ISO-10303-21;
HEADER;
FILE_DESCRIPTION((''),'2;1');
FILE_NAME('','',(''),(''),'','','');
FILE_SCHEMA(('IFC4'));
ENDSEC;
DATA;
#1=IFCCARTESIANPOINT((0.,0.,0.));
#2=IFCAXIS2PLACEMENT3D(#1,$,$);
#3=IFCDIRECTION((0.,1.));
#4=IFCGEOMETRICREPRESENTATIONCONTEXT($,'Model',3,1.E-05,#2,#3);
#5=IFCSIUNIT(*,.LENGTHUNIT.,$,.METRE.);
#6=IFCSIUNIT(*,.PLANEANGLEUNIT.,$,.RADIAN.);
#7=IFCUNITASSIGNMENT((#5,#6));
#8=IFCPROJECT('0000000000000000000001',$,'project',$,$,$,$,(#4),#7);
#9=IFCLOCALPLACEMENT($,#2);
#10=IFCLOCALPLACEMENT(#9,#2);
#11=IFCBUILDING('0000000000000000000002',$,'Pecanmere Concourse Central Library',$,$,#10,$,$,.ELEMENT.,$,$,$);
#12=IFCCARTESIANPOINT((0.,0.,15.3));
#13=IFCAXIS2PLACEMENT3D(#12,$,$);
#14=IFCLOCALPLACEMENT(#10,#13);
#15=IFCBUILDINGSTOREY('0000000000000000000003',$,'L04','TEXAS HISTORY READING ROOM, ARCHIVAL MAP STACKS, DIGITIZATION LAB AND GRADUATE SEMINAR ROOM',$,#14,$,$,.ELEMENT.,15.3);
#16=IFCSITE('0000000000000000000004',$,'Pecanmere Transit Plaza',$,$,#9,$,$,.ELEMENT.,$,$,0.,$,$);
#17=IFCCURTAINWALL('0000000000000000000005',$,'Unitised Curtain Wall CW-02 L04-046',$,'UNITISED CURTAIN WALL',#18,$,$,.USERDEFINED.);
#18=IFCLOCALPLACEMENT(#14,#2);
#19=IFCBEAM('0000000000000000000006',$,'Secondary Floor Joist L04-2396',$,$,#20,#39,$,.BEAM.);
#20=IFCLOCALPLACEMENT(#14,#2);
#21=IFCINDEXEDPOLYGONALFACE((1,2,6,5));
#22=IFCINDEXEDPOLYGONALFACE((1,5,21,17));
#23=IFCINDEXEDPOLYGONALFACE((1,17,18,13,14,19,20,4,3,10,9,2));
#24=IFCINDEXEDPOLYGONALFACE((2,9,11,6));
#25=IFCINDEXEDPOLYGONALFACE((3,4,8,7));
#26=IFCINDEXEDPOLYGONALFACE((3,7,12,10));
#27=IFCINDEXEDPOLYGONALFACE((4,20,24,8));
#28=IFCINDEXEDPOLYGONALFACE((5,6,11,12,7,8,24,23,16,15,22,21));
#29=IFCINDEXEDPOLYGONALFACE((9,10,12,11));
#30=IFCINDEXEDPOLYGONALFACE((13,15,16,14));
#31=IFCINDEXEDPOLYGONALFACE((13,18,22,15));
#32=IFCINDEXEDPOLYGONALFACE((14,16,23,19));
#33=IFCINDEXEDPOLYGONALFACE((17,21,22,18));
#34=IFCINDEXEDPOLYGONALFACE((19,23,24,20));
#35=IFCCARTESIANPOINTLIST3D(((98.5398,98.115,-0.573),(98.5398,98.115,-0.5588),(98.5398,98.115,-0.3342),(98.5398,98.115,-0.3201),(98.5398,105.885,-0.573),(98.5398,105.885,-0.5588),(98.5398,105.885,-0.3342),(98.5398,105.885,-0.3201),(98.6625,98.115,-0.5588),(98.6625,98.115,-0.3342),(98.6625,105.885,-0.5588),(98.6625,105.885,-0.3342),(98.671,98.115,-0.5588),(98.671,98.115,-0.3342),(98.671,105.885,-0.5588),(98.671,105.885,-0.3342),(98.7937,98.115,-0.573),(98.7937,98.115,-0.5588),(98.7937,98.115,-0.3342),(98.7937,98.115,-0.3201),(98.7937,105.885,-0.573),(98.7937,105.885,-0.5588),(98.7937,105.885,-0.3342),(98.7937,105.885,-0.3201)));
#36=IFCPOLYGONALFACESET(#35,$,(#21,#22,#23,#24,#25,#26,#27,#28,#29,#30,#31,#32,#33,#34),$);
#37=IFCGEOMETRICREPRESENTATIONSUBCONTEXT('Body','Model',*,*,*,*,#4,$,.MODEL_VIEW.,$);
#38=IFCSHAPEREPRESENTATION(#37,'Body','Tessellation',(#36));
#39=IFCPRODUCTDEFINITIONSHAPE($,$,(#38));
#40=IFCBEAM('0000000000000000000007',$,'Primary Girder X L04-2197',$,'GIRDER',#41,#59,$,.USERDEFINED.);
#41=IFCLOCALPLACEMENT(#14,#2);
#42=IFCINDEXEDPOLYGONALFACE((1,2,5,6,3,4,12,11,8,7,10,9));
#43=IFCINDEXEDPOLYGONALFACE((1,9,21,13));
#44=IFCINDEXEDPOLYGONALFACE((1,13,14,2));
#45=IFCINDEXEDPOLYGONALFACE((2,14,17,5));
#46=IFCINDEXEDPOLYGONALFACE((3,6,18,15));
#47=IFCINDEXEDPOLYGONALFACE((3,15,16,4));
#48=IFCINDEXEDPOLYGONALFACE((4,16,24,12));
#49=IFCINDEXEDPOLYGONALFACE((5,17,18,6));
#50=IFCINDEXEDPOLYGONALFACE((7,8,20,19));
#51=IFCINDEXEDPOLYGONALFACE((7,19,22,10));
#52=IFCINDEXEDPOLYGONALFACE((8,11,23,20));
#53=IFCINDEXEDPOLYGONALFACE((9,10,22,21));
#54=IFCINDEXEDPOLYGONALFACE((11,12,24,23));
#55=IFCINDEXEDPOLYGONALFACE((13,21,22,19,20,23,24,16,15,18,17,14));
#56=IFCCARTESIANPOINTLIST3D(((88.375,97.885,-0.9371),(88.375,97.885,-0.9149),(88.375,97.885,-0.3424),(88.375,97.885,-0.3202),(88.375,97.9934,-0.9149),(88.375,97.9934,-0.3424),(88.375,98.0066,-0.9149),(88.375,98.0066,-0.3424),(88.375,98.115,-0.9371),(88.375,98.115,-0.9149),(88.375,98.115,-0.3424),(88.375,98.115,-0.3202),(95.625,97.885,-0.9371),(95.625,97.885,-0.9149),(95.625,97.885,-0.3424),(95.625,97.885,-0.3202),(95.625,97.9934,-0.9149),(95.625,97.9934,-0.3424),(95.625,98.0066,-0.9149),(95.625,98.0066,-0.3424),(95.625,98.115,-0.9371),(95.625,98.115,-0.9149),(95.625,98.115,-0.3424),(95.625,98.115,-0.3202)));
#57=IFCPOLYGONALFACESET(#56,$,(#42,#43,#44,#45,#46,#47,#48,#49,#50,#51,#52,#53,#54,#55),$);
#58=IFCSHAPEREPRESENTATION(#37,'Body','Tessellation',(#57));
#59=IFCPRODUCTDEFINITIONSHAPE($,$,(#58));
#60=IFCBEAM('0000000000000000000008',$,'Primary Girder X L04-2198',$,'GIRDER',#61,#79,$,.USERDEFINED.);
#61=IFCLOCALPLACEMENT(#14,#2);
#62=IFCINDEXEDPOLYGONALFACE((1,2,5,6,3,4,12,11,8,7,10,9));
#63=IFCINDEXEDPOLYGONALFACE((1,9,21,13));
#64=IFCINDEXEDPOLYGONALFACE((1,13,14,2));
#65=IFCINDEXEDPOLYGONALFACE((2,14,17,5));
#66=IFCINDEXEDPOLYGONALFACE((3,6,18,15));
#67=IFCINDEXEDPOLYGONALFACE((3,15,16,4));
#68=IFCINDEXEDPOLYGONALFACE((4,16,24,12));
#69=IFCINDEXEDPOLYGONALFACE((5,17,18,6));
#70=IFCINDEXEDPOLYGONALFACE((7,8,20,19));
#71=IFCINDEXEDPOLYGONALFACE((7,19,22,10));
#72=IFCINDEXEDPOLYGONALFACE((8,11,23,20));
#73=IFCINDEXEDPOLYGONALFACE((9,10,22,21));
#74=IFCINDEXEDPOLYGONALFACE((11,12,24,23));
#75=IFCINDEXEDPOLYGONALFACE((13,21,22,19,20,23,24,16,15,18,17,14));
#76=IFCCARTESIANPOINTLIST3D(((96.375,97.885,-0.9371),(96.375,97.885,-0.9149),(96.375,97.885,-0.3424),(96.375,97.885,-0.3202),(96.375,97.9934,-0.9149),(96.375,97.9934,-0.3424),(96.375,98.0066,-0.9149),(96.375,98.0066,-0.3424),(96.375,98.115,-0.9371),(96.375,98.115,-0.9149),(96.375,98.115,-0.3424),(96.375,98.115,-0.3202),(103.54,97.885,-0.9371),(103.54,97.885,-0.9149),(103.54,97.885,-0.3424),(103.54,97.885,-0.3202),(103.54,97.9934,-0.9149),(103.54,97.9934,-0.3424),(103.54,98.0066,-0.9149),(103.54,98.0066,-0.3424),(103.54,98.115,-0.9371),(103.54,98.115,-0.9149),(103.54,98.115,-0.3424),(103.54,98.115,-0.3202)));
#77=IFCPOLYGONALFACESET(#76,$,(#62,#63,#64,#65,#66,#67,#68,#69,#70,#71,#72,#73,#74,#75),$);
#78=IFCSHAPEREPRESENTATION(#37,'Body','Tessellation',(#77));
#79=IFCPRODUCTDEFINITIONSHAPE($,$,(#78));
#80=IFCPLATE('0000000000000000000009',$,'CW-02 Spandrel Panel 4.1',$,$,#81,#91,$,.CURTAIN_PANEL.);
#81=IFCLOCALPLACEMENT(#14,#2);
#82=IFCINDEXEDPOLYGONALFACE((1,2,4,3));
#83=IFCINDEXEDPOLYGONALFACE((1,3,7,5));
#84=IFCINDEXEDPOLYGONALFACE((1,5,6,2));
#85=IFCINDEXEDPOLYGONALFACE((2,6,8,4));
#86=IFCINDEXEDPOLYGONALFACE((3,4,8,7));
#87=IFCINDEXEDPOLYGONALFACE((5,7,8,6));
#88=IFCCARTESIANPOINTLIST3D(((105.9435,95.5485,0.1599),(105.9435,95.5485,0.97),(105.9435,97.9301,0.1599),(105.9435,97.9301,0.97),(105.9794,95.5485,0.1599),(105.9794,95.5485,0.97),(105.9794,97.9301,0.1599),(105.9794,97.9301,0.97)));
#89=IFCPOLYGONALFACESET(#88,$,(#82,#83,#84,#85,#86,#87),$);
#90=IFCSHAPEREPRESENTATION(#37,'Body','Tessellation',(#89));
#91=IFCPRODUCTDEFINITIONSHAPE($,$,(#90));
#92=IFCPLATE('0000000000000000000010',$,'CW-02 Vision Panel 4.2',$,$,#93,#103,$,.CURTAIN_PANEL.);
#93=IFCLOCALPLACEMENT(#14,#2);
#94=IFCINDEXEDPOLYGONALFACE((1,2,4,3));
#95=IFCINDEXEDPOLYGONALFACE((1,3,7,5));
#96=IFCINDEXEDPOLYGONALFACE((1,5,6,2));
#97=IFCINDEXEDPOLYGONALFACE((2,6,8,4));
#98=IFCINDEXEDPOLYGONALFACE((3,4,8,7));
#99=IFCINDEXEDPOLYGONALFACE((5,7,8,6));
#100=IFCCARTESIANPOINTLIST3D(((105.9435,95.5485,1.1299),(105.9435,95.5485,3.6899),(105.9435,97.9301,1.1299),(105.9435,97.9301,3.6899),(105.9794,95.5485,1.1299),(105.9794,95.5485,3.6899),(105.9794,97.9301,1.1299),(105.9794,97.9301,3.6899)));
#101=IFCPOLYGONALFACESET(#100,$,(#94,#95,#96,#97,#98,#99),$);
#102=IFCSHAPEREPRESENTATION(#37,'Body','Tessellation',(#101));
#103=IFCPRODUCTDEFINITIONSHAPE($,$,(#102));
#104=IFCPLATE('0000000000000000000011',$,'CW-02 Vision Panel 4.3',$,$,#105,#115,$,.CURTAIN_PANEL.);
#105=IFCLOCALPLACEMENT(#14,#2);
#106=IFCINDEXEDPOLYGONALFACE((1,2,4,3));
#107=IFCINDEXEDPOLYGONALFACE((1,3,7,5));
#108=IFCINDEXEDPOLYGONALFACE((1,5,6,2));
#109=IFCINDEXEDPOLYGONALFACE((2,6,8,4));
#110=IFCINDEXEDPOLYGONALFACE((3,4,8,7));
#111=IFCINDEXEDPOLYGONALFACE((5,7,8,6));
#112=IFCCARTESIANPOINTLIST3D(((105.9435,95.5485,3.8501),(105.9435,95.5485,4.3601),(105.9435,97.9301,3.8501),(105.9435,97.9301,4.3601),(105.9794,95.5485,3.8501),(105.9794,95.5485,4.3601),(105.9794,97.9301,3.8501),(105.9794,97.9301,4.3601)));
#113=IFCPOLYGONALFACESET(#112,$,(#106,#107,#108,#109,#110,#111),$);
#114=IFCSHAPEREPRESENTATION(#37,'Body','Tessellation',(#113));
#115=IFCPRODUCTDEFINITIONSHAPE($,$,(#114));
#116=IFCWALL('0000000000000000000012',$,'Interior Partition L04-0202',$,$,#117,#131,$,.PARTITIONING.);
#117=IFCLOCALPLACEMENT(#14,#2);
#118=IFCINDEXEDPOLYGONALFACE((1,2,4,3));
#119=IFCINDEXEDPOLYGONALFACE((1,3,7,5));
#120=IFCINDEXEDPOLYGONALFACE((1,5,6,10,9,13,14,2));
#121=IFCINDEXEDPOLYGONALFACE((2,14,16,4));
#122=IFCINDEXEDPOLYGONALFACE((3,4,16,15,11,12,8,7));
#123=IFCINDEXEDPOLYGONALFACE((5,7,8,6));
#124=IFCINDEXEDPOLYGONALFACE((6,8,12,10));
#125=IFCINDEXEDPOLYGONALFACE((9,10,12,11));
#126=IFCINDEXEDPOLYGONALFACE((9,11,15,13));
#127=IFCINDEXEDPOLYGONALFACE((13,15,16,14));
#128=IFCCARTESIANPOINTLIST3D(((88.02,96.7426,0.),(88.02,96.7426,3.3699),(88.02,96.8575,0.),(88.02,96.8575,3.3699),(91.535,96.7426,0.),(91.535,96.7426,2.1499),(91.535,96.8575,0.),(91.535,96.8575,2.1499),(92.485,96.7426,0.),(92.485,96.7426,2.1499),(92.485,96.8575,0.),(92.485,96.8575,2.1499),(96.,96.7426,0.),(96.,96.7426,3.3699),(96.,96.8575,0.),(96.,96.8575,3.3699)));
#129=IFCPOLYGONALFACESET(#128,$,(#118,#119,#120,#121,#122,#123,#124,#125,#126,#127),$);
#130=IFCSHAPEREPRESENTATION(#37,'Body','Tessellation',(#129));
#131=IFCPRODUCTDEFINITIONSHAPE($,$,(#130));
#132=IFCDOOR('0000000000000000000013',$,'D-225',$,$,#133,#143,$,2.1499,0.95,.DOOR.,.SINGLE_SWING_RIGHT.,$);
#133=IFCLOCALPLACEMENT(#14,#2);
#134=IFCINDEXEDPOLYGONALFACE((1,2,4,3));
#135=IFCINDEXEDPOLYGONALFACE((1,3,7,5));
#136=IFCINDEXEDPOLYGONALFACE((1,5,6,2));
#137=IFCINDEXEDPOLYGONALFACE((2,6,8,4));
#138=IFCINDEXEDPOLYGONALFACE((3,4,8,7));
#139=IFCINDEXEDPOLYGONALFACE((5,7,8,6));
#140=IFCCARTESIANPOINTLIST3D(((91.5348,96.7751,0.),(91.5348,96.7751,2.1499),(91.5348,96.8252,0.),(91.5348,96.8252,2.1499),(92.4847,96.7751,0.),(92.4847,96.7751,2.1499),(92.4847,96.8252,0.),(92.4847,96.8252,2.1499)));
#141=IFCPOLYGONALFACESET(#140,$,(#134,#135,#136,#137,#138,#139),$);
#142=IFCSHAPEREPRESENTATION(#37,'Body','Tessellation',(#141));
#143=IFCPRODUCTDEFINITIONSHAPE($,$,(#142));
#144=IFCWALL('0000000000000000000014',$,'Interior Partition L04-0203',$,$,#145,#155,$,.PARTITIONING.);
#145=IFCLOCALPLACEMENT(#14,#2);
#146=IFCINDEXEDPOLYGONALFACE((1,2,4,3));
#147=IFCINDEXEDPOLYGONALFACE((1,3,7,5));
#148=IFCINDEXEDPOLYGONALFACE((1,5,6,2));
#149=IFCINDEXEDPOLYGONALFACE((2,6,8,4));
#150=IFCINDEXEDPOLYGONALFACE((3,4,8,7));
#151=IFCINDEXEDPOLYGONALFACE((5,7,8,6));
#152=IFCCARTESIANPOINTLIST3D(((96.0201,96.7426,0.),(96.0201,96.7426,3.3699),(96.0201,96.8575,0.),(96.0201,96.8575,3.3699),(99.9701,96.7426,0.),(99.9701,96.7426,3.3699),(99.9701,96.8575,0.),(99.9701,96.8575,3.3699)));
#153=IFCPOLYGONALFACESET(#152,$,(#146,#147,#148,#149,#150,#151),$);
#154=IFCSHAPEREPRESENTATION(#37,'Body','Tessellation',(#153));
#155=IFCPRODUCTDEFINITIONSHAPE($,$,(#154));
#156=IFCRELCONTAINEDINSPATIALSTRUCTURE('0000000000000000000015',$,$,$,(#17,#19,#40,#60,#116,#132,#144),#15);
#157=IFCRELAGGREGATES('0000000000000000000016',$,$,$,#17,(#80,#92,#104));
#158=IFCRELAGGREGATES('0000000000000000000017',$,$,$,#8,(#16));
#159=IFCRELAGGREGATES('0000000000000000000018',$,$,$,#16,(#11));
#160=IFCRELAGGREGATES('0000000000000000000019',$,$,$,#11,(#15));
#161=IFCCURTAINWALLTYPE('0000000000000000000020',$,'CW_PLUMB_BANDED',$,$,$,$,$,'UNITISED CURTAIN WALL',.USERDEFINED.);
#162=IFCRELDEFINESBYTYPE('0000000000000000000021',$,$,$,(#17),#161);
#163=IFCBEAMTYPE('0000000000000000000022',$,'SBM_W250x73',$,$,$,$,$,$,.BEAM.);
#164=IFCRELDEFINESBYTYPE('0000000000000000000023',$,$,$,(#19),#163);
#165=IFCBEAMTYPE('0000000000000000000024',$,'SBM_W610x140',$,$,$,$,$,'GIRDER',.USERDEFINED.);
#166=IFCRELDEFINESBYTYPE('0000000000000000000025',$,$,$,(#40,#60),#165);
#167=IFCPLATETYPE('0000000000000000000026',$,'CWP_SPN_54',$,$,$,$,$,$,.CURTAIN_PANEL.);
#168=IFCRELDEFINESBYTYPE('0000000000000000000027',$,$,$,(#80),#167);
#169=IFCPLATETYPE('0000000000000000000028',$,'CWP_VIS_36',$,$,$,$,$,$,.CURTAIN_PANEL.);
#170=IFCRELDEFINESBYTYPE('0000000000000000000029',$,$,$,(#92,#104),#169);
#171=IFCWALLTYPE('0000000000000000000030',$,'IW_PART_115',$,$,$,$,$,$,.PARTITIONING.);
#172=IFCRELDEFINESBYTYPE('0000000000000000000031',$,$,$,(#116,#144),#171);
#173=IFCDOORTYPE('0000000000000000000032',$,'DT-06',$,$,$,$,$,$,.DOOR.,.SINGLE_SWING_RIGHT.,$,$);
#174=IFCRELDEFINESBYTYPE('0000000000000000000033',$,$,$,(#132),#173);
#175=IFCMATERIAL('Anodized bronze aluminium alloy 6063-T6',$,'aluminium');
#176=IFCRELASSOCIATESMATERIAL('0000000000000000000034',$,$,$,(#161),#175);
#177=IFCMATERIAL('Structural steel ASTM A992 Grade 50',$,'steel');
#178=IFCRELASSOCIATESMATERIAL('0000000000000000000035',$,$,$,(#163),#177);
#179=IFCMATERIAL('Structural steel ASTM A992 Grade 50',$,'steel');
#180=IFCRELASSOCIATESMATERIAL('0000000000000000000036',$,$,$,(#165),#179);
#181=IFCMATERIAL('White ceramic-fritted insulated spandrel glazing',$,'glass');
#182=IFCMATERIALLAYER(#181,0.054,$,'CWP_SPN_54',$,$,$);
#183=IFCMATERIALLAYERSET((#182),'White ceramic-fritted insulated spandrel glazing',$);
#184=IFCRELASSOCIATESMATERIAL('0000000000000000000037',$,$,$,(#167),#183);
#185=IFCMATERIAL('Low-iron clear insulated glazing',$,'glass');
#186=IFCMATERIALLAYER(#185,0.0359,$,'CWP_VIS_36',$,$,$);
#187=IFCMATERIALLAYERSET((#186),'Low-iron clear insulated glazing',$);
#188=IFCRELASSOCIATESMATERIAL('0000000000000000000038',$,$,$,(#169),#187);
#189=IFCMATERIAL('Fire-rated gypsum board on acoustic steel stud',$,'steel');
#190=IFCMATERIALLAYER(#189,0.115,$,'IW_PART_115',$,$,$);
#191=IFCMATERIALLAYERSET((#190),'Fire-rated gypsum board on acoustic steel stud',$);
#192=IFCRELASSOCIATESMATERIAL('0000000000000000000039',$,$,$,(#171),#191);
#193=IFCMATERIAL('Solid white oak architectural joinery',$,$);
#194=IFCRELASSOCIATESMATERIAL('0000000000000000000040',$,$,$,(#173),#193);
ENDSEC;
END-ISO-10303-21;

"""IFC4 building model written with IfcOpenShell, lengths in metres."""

from ifc_helpers import new_model, si_unit, direction, frame, frame_2d, origin, origin_2d, place, context, subcontext, project, spatial, rectangle, i_section, extrude, material, layer, layer_set, material_profile, profile_set, type_object, element, fill, aggregate, save


model = new_model("IFC4")

# Units and contexts
model_context = context("Model", 3, precision=1e-05, world=origin(), true_north=direction((0.0, 1.0)))
body_context = subcontext(model_context, "Body", "Model", "MODEL_VIEW")
ifc_project = project(units=[si_unit("LENGTHUNIT", "METRE"), si_unit("PLANEANGLEUNIT", "RADIAN")], contexts=[model_context])

# Site, building, storey
site_placement = place(None, origin())
site = spatial("IfcSite", under=ifc_project, at=site_placement, Name="Pecanmere Transit Plaza", CompositionType="ELEMENT", RefElevation=0.0)
building_placement = place(site_placement, origin())
building = spatial("IfcBuilding", under=site, at=building_placement, Name="Pecanmere Concourse Central Library", CompositionType="ELEMENT")
storey_placement = place(building_placement, frame((0.0, 0.0, 15.3)))
storey = spatial("IfcBuildingStorey", under=building, at=storey_placement, Name="L04", Description="TEXAS HISTORY READING ROOM, ARCHIVAL MAP STACKS, DIGITIZATION LAB AND GRADUATE SEMINAR ROOM", CompositionType="ELEMENT", Elevation=15.3)

# Curtain wall
ifc_material_1 = material(Name="Anodized bronze aluminium alloy 6063-T6", Category="aluminium")
curtain_wall_type = type_object("IfcCurtainWallType", Name="CW_PLUMB_BANDED", ElementType="UNITISED CURTAIN WALL", PredefinedType="USERDEFINED", material=ifc_material_1)
curtain_wall_1_placement = place(storey_placement, origin())
curtain_wall_1 = element("IfcCurtainWall", 1, at=curtain_wall_1_placement, inside=storey, type_object=curtain_wall_type, Name="Unitised Curtain Wall CW-02 L04-046", ObjectType="UNITISED CURTAIN WALL", PredefinedType="USERDEFINED")

# Beams
ifc_material_2 = material(Name="Structural steel ASTM A992 Grade 50", Category="steel")
ifc_material_profile_1 = material_profile(ifc_material_2, i_section(OverallWidth=0.2539, OverallDepth=0.2529, WebThickness=0.0085, FlangeThickness=0.0142, at=origin_2d()), Name="W250x73")
ifc_profile_set_1 = profile_set([ifc_material_profile_1], Name="Structural steel ASTM A992 Grade 50")
beam_type_1 = type_object("IfcBeamType", Name="SBM_W250x73", PredefinedType="BEAM", material=ifc_profile_set_1)
beam_1_placement = place(storey_placement, frame((98.6667, 98.115, -0.4465), z_axis=(0.0, 1.0, 0.0), x_axis=(-1.0, 0.0, 0.0)))
element("IfcBeam", 2, at=beam_1_placement, inside=storey, type_object=beam_type_1, Name="Secondary Floor Joist L04-2396", PredefinedType="BEAM", context=body_context, shape_type="SweptSolid", body=[
    extrude(i_section(OverallWidth=0.2539, OverallDepth=0.2529, WebThickness=0.0085, FlangeThickness=0.0142, at=origin_2d()), origin(), (0.0, 0.0, 1.0), 7.77),
])
ifc_material_3 = material(Name="Structural steel ASTM A992 Grade 50", Category="steel")
ifc_material_profile_2 = material_profile(ifc_material_3, i_section(OverallWidth=0.23, OverallDepth=0.6169, WebThickness=0.0132, FlangeThickness=0.0222, at=origin_2d()), Name="W610x140")
ifc_profile_set_2 = profile_set([ifc_material_profile_2], Name="Structural steel ASTM A992 Grade 50")
beam_type_2 = type_object("IfcBeamType", Name="SBM_W610x140", ElementType="GIRDER", PredefinedType="USERDEFINED", material=ifc_profile_set_2)
beam_2_placement = place(storey_placement, frame((88.375, 98.0, -0.6287), z_axis=(1.0, 0.0, 0.0), x_axis=(0.0, 1.0, 0.0)))
element("IfcBeam", 3, at=beam_2_placement, inside=storey, type_object=beam_type_2, Name="Primary Girder X L04-2197", ObjectType="GIRDER", PredefinedType="USERDEFINED", context=body_context, shape_type="SweptSolid", body=[
    extrude(i_section(OverallWidth=0.23, OverallDepth=0.6169, WebThickness=0.0132, FlangeThickness=0.0222, at=origin_2d()), origin(), (0.0, 0.0, 1.0), 7.25),
])
beam_3_placement = place(storey_placement, frame((96.375, 98.0, -0.6287), z_axis=(1.0, 0.0, 0.0), x_axis=(0.0, 1.0, 0.0)))
element("IfcBeam", 4, at=beam_3_placement, inside=storey, type_object=beam_type_2, Name="Primary Girder X L04-2198", ObjectType="GIRDER", PredefinedType="USERDEFINED", context=body_context, shape_type="SweptSolid", body=[
    extrude(i_section(OverallWidth=0.23, OverallDepth=0.6169, WebThickness=0.0132, FlangeThickness=0.0222, at=origin_2d()), origin(), (0.0, 0.0, 1.0), 7.165),
])

# Plates
ifc_material_4 = material(Name="White ceramic-fritted insulated spandrel glazing", Category="glass")
ifc_layer_1 = layer(ifc_material_4, 0.054, Name="CWP_SPN_54")
ifc_layer_set_1 = layer_set([ifc_layer_1], Name="White ceramic-fritted insulated spandrel glazing")
plate_type_1 = type_object("IfcPlateType", Name="CWP_SPN_54", PredefinedType="CURTAIN_PANEL", material=ifc_layer_set_1)
plate_1_placement = place(storey_placement, frame((105.9614, 96.7393, 0.1599), z_axis=(0.0, 0.0, 1.0), x_axis=(0.0, 1.0, 0.0)))
plate_1 = element("IfcPlate", 5, at=plate_1_placement, type_object=plate_type_1, Name="CW-02 Spandrel Panel 4.1", PredefinedType="CURTAIN_PANEL", context=body_context, shape_type="SweptSolid", body=[
    extrude(rectangle(XDim=2.3816, YDim=0.0359, at=origin_2d()), origin(), (0.0, 0.0, 1.0), 0.8101),
])
ifc_material_5 = material(Name="Low-iron clear insulated glazing", Category="glass")
ifc_layer_2 = layer(ifc_material_5, 0.0359, Name="CWP_VIS_36")
ifc_layer_set_2 = layer_set([ifc_layer_2], Name="Low-iron clear insulated glazing")
plate_type_2 = type_object("IfcPlateType", Name="CWP_VIS_36", PredefinedType="CURTAIN_PANEL", material=ifc_layer_set_2)
plate_2_placement = place(storey_placement, frame((105.9614, 96.7393, 1.1299), z_axis=(0.0, 0.0, 1.0), x_axis=(0.0, 1.0, 0.0)))
plate_2 = element("IfcPlate", 6, at=plate_2_placement, type_object=plate_type_2, Name="CW-02 Vision Panel 4.2", PredefinedType="CURTAIN_PANEL", context=body_context, shape_type="SweptSolid", body=[
    extrude(rectangle(XDim=2.3816, YDim=0.0359, at=origin_2d()), origin(), (0.0, 0.0, 1.0), 2.5601),
])
plate_3_placement = place(storey_placement, frame((105.9614, 96.7393, 3.8501), z_axis=(0.0, 0.0, 1.0), x_axis=(0.0, 1.0, 0.0)))
plate_3 = element("IfcPlate", 7, at=plate_3_placement, type_object=plate_type_2, Name="CW-02 Vision Panel 4.3", PredefinedType="CURTAIN_PANEL", context=body_context, shape_type="SweptSolid", body=[
    extrude(rectangle(XDim=2.3816, YDim=0.0359, at=origin_2d()), origin(), (0.0, 0.0, 1.0), 0.51),
])
aggregate(curtain_wall_1, [plate_1, plate_2, plate_3])

# Wall, opening, door
ifc_material_6 = material(Name="Fire-rated gypsum board on acoustic steel stud", Category="steel")
ifc_layer_3 = layer(ifc_material_6, 0.115, Name="IW_PART_115")
ifc_layer_set_3 = layer_set([ifc_layer_3], Name="Fire-rated gypsum board on acoustic steel stud")
wall_type_1 = type_object("IfcWallType", Name="IW_PART_115", PredefinedType="PARTITIONING", material=ifc_layer_set_3)
wall_1_placement = place(storey_placement, frame((88.02, 96.8, 0.0), z_axis=(0.0, 0.0, 1.0), x_axis=(1.0, 0.0, 0.0)))
wall_1 = element("IfcWall", 8, at=wall_1_placement, inside=storey, type_object=wall_type_1, Name="Interior Partition L04-0202", PredefinedType="PARTITIONING", context=body_context, shape_type="SweptSolid", body=[
    extrude(rectangle(XDim=7.98, YDim=0.115, at=frame_2d((3.99, 0.0))), origin(), (0.0, 0.0, 1.0), 3.3699),
])
opening_1_placement = place(wall_1_placement, frame((3.5149, 0.0, 0.0)))
opening_1 = element("IfcOpeningElement", 9, at=opening_1_placement, cuts=wall_1, PredefinedType="OPENING", context=body_context, shape_type="SweptSolid", body=[
    extrude(rectangle(XDim=0.95, YDim=2.1499, at=frame_2d((0.4751, 1.075))), frame((0.0, 0.0693, 0.0), z_axis=(0.0, -1.0, 0.0), x_axis=(1.0, 0.0, 0.0)), (0.0, 0.0, 1.0), 0.1389),
])
ifc_material_7 = material(Name="Solid white oak architectural joinery")
door_type_1 = type_object("IfcDoorType", Name="DT-06", OperationType="SINGLE_SWING_RIGHT", PredefinedType="DOOR", material=ifc_material_7)
door_1_placement = place(opening_1_placement, frame((0.95, 0.0, 0.0), z_axis=(0.0, 0.0, 1.0), x_axis=(-1.0, 0.0, 0.0)))
door_1 = element("IfcDoor", 10, at=door_1_placement, inside=storey, type_object=door_type_1, Name="D-225", OperationType="SINGLE_SWING_RIGHT", OverallHeight=2.1499, OverallWidth=0.95, PredefinedType="DOOR", context=body_context, shape_type="SweptSolid", body=[
    extrude(rectangle(XDim=0.95, YDim=2.1499, at=frame_2d((0.4751, 1.075))), frame((0.0, 0.0249, 0.0), z_axis=(0.0, -1.0, 0.0), x_axis=(1.0, 0.0, 0.0)), (0.0, 0.0, 1.0), 0.05),
])
fill(opening_1, door_1)

# Wall
wall_2_placement = place(storey_placement, frame((96.02, 96.8, 0.0), z_axis=(0.0, 0.0, 1.0), x_axis=(1.0, 0.0, 0.0)))
element("IfcWall", 11, at=wall_2_placement, inside=storey, type_object=wall_type_1, Name="Interior Partition L04-0203", PredefinedType="PARTITIONING", context=body_context, shape_type="SweptSolid", body=[
    extrude(rectangle(XDim=3.95, YDim=0.115, at=frame_2d((1.9751, 0.0))), origin(), (0.0, 0.0, 1.0), 3.3699),
])

save(model, "model.ifc")
